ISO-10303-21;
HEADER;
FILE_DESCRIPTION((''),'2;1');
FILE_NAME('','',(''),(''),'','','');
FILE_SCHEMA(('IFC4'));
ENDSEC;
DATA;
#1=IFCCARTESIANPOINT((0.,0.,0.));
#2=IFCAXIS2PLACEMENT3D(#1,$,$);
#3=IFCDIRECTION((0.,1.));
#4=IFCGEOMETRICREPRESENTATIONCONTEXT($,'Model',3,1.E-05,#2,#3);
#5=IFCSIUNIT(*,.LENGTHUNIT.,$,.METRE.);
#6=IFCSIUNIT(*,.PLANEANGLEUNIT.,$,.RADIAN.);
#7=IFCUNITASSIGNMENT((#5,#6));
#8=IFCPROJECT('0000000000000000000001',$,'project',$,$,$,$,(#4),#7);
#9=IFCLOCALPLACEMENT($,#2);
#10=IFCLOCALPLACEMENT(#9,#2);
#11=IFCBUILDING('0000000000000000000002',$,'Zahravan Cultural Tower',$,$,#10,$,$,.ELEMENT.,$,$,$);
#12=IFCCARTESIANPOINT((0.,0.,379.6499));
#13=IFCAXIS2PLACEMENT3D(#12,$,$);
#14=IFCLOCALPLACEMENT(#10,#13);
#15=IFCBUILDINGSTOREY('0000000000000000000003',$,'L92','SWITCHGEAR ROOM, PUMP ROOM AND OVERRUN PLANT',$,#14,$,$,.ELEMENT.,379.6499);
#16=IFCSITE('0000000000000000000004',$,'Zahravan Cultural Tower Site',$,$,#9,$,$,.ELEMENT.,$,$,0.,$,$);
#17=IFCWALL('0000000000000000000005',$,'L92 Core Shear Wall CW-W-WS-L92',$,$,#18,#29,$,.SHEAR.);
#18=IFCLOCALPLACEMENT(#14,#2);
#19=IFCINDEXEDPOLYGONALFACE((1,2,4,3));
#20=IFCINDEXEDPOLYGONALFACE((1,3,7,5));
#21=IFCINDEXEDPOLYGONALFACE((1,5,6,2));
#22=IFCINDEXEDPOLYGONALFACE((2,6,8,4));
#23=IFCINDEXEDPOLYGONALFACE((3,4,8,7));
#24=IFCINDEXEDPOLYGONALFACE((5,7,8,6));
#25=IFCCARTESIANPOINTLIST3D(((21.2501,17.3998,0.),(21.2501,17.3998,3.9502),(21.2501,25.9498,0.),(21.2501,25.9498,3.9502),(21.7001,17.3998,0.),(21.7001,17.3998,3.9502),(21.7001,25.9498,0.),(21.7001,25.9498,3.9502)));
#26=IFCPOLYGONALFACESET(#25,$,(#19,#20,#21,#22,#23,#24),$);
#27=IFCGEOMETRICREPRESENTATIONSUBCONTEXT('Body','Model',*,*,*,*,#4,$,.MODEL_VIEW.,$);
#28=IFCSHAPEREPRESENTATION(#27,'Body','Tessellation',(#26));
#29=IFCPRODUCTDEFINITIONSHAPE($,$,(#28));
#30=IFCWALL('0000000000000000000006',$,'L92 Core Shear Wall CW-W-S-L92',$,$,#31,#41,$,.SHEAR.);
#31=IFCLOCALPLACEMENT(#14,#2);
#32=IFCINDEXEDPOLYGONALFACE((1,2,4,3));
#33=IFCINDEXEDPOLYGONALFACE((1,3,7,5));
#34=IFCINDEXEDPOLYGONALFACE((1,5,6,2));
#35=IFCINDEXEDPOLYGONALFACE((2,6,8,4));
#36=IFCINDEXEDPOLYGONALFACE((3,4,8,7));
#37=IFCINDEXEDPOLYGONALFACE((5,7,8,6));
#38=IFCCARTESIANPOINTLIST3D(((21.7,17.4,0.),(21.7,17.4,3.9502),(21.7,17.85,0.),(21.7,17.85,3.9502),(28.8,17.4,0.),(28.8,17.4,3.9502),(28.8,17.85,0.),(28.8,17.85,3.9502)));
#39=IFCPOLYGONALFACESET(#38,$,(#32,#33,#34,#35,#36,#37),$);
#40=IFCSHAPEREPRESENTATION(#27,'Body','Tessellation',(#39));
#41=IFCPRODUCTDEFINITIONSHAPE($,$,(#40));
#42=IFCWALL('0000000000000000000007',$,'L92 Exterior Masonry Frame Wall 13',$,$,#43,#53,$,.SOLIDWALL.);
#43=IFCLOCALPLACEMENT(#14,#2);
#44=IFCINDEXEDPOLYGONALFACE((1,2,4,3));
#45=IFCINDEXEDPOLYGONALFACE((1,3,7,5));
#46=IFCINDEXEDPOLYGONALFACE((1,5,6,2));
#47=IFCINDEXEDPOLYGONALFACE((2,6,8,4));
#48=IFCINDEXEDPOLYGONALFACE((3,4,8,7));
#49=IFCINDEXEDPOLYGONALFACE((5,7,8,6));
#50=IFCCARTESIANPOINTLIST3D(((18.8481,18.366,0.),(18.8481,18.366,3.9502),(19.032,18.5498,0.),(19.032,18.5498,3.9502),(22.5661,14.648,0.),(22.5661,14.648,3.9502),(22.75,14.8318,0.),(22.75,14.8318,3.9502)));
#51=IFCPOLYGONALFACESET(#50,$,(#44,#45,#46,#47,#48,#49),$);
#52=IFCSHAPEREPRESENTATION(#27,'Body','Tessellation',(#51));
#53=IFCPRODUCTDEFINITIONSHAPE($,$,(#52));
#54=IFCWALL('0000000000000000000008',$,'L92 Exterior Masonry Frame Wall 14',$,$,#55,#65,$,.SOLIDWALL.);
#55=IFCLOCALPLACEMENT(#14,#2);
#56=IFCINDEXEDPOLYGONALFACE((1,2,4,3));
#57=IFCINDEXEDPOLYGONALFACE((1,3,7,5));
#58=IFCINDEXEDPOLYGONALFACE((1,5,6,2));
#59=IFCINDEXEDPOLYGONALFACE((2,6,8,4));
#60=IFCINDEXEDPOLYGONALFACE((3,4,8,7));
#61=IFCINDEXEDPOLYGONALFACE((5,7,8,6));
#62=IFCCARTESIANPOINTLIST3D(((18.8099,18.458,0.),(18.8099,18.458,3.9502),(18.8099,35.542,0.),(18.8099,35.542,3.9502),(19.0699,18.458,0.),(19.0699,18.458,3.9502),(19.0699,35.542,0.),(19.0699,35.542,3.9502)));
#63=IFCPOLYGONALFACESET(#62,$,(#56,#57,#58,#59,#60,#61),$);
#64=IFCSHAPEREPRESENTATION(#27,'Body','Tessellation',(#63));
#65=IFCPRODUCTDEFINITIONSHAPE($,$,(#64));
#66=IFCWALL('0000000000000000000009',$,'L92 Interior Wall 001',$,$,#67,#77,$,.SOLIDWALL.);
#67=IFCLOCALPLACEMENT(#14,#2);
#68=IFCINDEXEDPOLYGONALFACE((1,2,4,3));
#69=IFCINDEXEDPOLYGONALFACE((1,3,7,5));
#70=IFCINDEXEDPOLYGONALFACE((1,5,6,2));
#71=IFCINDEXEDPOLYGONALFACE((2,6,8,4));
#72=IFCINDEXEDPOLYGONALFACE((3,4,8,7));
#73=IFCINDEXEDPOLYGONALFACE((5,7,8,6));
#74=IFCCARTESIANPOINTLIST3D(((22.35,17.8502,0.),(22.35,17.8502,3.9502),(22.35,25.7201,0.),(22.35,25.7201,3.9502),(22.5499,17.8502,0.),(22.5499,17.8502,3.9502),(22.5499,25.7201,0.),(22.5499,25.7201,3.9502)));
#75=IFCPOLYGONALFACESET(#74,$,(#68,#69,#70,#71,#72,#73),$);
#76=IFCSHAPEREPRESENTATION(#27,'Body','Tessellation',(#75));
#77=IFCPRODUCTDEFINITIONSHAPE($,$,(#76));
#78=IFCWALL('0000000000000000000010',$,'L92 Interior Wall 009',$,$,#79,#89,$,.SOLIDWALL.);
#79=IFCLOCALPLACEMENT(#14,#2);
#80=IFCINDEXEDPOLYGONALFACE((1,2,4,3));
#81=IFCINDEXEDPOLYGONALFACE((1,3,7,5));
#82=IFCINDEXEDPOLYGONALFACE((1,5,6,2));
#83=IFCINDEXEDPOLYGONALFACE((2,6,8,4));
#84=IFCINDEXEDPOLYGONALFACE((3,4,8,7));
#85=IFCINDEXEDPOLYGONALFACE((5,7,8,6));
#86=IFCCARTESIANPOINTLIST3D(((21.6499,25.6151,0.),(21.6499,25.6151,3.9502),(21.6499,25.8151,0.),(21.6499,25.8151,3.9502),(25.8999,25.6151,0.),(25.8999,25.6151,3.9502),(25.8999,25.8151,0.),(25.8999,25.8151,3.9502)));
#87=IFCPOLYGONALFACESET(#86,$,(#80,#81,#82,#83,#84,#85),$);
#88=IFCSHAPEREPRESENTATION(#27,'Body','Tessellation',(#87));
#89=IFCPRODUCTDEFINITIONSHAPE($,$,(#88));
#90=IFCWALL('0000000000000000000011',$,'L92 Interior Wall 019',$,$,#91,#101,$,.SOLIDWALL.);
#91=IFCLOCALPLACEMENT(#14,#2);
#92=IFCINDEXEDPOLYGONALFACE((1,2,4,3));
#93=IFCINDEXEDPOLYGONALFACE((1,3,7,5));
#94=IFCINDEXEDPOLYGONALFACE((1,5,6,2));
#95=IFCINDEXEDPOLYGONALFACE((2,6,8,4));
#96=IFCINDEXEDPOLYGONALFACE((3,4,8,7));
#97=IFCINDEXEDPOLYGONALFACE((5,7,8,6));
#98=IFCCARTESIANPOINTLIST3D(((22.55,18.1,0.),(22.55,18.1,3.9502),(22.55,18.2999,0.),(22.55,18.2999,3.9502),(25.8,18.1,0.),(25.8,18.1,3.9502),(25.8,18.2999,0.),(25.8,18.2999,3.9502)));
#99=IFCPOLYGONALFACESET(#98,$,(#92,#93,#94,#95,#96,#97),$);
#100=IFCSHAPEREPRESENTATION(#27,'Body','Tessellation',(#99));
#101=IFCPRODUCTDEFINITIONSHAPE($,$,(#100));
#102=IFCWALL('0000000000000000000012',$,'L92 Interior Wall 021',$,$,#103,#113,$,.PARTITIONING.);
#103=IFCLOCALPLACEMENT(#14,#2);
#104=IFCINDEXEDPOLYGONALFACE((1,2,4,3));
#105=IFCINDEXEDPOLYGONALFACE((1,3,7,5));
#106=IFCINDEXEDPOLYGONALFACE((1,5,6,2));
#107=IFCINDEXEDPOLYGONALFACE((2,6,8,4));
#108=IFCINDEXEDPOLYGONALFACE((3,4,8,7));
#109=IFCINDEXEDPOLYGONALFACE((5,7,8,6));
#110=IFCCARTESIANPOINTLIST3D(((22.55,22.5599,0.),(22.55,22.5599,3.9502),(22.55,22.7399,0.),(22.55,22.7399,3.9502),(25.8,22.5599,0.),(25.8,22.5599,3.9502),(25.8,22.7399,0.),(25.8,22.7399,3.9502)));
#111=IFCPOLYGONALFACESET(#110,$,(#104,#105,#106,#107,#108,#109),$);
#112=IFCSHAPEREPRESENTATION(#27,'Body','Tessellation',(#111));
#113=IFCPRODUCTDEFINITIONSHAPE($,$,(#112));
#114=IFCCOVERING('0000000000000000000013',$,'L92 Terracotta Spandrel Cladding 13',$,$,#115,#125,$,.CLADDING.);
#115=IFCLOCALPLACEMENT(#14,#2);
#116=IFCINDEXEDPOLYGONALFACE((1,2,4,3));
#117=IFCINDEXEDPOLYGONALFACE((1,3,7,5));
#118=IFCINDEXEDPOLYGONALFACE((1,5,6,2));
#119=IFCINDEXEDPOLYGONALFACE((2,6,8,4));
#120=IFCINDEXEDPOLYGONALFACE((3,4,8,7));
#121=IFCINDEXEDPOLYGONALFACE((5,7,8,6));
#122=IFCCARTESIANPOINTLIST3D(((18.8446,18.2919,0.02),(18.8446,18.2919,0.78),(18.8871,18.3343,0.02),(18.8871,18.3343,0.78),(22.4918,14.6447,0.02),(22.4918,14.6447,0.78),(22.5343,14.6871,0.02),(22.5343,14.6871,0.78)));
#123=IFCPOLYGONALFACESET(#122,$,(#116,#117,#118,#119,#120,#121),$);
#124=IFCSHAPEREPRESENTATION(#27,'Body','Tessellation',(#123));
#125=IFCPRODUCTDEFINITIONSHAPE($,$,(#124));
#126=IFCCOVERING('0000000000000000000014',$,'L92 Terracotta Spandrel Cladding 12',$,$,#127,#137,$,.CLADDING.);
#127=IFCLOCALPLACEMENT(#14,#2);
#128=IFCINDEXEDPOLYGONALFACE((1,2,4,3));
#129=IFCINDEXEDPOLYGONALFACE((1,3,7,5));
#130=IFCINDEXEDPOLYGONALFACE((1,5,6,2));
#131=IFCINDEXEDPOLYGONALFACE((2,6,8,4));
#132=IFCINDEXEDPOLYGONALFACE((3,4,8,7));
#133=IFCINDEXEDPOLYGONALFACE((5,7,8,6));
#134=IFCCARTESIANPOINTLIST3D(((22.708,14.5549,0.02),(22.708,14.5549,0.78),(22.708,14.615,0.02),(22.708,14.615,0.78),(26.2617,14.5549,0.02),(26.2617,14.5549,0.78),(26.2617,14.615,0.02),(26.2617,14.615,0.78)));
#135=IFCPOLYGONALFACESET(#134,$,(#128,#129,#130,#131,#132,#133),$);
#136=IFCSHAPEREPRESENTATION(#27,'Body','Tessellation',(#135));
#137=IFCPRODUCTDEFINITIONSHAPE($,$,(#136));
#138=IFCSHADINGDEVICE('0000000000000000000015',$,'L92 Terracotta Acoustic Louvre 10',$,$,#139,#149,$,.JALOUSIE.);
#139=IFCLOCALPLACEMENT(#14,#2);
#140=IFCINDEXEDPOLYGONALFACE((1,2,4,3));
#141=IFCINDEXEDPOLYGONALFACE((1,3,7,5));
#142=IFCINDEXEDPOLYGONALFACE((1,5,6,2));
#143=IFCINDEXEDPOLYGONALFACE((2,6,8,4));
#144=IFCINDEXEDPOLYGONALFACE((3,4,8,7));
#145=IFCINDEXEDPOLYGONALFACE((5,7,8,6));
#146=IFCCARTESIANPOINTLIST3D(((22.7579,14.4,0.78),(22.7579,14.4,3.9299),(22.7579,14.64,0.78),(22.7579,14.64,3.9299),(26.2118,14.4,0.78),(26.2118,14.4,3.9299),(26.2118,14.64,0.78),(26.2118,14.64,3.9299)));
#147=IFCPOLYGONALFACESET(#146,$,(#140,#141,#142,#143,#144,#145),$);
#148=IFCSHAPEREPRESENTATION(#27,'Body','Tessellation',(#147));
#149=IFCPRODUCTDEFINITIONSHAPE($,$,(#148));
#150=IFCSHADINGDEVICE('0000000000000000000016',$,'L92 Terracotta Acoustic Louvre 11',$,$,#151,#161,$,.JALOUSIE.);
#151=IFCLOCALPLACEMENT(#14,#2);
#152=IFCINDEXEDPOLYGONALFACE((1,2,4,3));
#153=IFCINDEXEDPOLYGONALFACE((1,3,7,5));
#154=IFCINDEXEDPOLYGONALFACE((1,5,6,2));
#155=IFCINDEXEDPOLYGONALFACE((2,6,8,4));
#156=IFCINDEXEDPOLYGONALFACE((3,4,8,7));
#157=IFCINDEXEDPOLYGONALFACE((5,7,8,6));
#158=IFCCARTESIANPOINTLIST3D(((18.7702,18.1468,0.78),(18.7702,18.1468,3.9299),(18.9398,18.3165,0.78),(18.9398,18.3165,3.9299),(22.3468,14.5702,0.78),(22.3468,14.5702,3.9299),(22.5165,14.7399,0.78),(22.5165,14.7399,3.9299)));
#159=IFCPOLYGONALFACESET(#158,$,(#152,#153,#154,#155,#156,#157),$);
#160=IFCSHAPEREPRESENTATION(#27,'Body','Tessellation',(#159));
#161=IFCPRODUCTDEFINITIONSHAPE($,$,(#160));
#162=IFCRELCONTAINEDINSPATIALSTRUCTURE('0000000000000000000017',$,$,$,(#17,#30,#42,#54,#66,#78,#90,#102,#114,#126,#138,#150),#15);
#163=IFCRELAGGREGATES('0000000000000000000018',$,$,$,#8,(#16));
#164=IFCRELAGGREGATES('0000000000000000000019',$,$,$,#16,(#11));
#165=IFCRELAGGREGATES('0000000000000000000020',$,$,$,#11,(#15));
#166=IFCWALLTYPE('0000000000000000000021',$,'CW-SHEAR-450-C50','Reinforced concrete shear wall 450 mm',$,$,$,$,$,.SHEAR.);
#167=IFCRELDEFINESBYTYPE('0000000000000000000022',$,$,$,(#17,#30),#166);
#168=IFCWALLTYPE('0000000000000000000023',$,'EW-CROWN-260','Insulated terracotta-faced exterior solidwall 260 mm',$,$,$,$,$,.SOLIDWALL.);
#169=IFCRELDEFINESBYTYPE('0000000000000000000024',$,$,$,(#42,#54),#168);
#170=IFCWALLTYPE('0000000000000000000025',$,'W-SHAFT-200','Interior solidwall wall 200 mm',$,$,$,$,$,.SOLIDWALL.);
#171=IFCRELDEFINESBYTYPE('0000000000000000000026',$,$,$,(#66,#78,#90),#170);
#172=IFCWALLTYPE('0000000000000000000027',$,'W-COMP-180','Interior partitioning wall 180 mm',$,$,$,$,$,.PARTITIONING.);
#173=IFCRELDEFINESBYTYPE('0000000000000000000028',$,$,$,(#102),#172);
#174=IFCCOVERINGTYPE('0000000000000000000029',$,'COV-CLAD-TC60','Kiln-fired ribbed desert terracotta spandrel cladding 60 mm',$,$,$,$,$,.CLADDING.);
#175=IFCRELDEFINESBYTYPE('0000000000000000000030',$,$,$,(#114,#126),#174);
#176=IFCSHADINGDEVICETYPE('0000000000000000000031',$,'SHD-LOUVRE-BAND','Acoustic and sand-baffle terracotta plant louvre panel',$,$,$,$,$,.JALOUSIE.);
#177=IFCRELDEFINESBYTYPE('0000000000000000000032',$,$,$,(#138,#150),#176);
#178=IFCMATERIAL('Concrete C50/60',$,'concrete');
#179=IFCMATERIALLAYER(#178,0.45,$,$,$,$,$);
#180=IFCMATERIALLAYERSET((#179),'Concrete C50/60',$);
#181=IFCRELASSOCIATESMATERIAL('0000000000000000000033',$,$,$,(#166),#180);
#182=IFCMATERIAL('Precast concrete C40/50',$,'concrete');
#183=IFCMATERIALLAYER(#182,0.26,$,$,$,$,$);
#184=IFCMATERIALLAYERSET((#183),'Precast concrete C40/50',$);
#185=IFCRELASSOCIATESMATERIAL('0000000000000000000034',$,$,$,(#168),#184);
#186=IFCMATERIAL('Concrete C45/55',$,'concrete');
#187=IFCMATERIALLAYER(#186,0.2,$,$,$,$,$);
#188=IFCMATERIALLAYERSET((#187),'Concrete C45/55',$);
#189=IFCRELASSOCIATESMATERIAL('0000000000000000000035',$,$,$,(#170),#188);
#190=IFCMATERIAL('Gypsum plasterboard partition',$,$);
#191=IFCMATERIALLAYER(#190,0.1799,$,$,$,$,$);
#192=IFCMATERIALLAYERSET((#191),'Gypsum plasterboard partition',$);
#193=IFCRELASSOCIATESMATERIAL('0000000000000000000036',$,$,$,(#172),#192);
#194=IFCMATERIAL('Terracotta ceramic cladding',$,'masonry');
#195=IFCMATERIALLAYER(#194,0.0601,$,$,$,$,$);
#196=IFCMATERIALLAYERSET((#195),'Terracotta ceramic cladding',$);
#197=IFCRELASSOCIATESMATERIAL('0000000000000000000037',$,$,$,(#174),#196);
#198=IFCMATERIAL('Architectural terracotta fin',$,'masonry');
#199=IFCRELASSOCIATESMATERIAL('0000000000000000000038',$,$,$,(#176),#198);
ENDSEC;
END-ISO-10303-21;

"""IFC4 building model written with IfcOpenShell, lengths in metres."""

from ifc_helpers import new_model, si_unit, direction, frame, frame_2d, origin, origin_2d, place, context, subcontext, project, spatial, rectangle, extrude, source, transform, mapped, material, layer, layer_set, type_object, element, save


model = new_model("IFC4")

# Units and contexts
model_context = context("Model", 3, precision=1e-05, world=origin(), true_north=direction((0.0, 1.0)))
body_context = subcontext(model_context, "Body", "Model", "MODEL_VIEW")
ifc_project = project(units=[si_unit("LENGTHUNIT", "METRE"), si_unit("PLANEANGLEUNIT", "RADIAN")], contexts=[model_context])

# Site, building, storey
site_placement = place(None, origin())
site = spatial("IfcSite", under=ifc_project, at=site_placement, Name="Zahravan Cultural Tower Site", CompositionType="ELEMENT", RefElevation=0.0)
building_placement = place(site_placement, origin())
building = spatial("IfcBuilding", under=site, at=building_placement, Name="Zahravan Cultural Tower", CompositionType="ELEMENT")
storey_placement = place(building_placement, frame((0.0, 0.0, 379.6499)))
storey = spatial("IfcBuildingStorey", under=building, at=storey_placement, Name="L92", Description="SWITCHGEAR ROOM, PUMP ROOM AND OVERRUN PLANT", CompositionType="ELEMENT", Elevation=379.6499)

# Shared definitions
ifc_material_1 = material(Name="Concrete C45/55", Category="concrete")

# Shared definitions
ifc_material_2 = material(Name="Concrete C50/60", Category="concrete")

# Walls
ifc_layer_1 = layer(ifc_material_2, 0.45)
ifc_layer_set_1 = layer_set([ifc_layer_1], Name="Concrete C50/60")
wall_type_1 = type_object("IfcWallType", Name="CW-SHEAR-450-C50", Description="Reinforced concrete shear wall 450 mm", PredefinedType="SHEAR", material=ifc_layer_set_1)
shared_shape_1 = source(origin(), body_context, "Body", "SweptSolid", [
    extrude(rectangle(XDim=8.55, YDim=0.45, at=frame_2d((4.2749, 0.0))), origin(), (0.0, 0.0, 1.0), 3.9502),
])
wall_1_placement = place(storey_placement, frame((21.4751, 17.3999, 0.0), z_axis=(0.0, 0.0, 1.0), x_axis=(0.0, 1.0, 0.0)))
element("IfcWall", 1, at=wall_1_placement, inside=storey, type_object=wall_type_1, Name="L92 Core Shear Wall CW-W-WS-L92", PredefinedType="SHEAR", context=body_context, shape_type="MappedRepresentation", body=[
    mapped(shared_shape_1, transform((0.0, 0.0, 0.0), x_axis=(1.0, 0.0, 0.0), y_axis=(0.0, 1.0, 0.0), z_axis=(0.0, 0.0, 1.0), scale=1.0)),
])
shared_shape_2 = source(origin(), body_context, "Body", "SweptSolid", [
    extrude(rectangle(XDim=7.1001, YDim=0.45, at=frame_2d((3.55, 0.0))), origin(), (0.0, 0.0, 1.0), 3.9502),
])
wall_2_placement = place(storey_placement, frame((21.7, 17.625, 0.0), z_axis=(0.0, 0.0, 1.0), x_axis=(1.0, 0.0, 0.0)))
element("IfcWall", 2, at=wall_2_placement, inside=storey, type_object=wall_type_1, Name="L92 Core Shear Wall CW-W-S-L92", PredefinedType="SHEAR", context=body_context, shape_type="MappedRepresentation", body=[
    mapped(shared_shape_2, transform((0.0, 0.0, 0.0), x_axis=(1.0, 0.0, 0.0), y_axis=(0.0, 1.0, 0.0), z_axis=(0.0, 0.0, 1.0), scale=1.0)),
])
ifc_material_3 = material(Name="Precast concrete C40/50", Category="concrete")
ifc_layer_2 = layer(ifc_material_3, 0.26)
ifc_layer_set_2 = layer_set([ifc_layer_2], Name="Precast concrete C40/50")
wall_type_2 = type_object("IfcWallType", Name="EW-CROWN-260", Description="Insulated terracotta-faced exterior solidwall 260 mm", PredefinedType="SOLIDWALL", material=ifc_layer_set_2)
shared_shape_3 = source(origin(), body_context, "Body", "SweptSolid", [
    extrude(rectangle(XDim=5.2581, YDim=0.26, at=frame_2d((2.6289, 0.0))), origin(), (0.0, 0.0, 1.0), 3.9502),
])
wall_3_placement = place(storey_placement, frame((22.658, 14.74, 0.0), z_axis=(0.0, 0.0, 1.0), x_axis=(-0.707107, 0.707107, 0.0)))
element("IfcWall", 3, at=wall_3_placement, inside=storey, type_object=wall_type_2, Name="L92 Exterior Masonry Frame Wall 13", PredefinedType="SOLIDWALL", context=body_context, shape_type="MappedRepresentation", body=[
    mapped(shared_shape_3, transform((0.0, 0.0, 0.0), x_axis=(1.0, 0.0, 0.0), y_axis=(0.0, 1.0, 0.0), z_axis=(0.0, 0.0, 1.0), scale=1.0)),
])
shared_shape_4 = source(origin(), body_context, "Body", "SweptSolid", [
    extrude(rectangle(XDim=17.084, YDim=0.26, at=frame_2d((8.542, 0.0))), origin(), (0.0, 0.0, 1.0), 3.9502),
])
wall_4_placement = place(storey_placement, frame((18.9399, 18.458, 0.0), z_axis=(0.0, 0.0, 1.0), x_axis=(0.0, 1.0, 0.0)))
element("IfcWall", 4, at=wall_4_placement, inside=storey, type_object=wall_type_2, Name="L92 Exterior Masonry Frame Wall 14", PredefinedType="SOLIDWALL", context=body_context, shape_type="MappedRepresentation", body=[
    mapped(shared_shape_4, transform((0.0, 0.0, 0.0), x_axis=(1.0, 0.0, 0.0), y_axis=(0.0, 1.0, 0.0), z_axis=(0.0, 0.0, 1.0), scale=1.0)),
])
ifc_layer_3 = layer(ifc_material_1, 0.2)
ifc_layer_set_3 = layer_set([ifc_layer_3], Name="Concrete C45/55")
wall_type_3 = type_object("IfcWallType", Name="W-SHAFT-200", Description="Interior solidwall wall 200 mm", PredefinedType="SOLIDWALL", material=ifc_layer_set_3)
shared_shape_5 = source(origin(), body_context, "Body", "SweptSolid", [
    extrude(rectangle(XDim=7.8699, YDim=0.2, at=frame_2d((3.9351, 0.0))), origin(), (0.0, 0.0, 1.0), 3.9502),
])
wall_5_placement = place(storey_placement, frame((22.45, 17.8501, 0.0), z_axis=(0.0, 0.0, 1.0), x_axis=(0.0, 1.0, 0.0)))
element("IfcWall", 5, at=wall_5_placement, inside=storey, type_object=wall_type_3, Name="L92 Interior Wall 001", PredefinedType="SOLIDWALL", context=body_context, shape_type="MappedRepresentation", body=[
    mapped(shared_shape_5, transform((0.0, 0.0, 0.0), x_axis=(1.0, 0.0, 0.0), y_axis=(0.0, 1.0, 0.0), z_axis=(0.0, 0.0, 1.0), scale=1.0)),
])
shared_shape_6 = source(origin(), body_context, "Body", "SweptSolid", [
    extrude(rectangle(XDim=4.25, YDim=0.2, at=frame_2d((2.125, 0.0))), origin(), (0.0, 0.0, 1.0), 3.9502),
])
wall_6_placement = place(storey_placement, frame((21.6499, 25.7151, 0.0), z_axis=(0.0, 0.0, 1.0), x_axis=(1.0, 0.0, 0.0)))
element("IfcWall", 6, at=wall_6_placement, inside=storey, type_object=wall_type_3, Name="L92 Interior Wall 009", PredefinedType="SOLIDWALL", context=body_context, shape_type="MappedRepresentation", body=[
    mapped(shared_shape_6, transform((0.0, 0.0, 0.0), x_axis=(1.0, 0.0, 0.0), y_axis=(0.0, 1.0, 0.0), z_axis=(0.0, 0.0, 1.0), scale=1.0)),
])
shared_shape_7 = source(origin(), body_context, "Body", "SweptSolid", [
    extrude(rectangle(XDim=3.25, YDim=0.2, at=frame_2d((1.625, 0.0))), origin(), (0.0, 0.0, 1.0), 3.9502),
])
wall_7_placement = place(storey_placement, frame((22.55, 18.2, 0.0), z_axis=(0.0, 0.0, 1.0), x_axis=(1.0, 0.0, 0.0)))
element("IfcWall", 7, at=wall_7_placement, inside=storey, type_object=wall_type_3, Name="L92 Interior Wall 019", PredefinedType="SOLIDWALL", context=body_context, shape_type="MappedRepresentation", body=[
    mapped(shared_shape_7, transform((0.0, 0.0, 0.0), x_axis=(1.0, 0.0, 0.0), y_axis=(0.0, 1.0, 0.0), z_axis=(0.0, 0.0, 1.0), scale=1.0)),
])
ifc_material_4 = material(Name="Gypsum plasterboard partition")
ifc_layer_4 = layer(ifc_material_4, 0.1799)
ifc_layer_set_4 = layer_set([ifc_layer_4], Name="Gypsum plasterboard partition")
wall_type_4 = type_object("IfcWallType", Name="W-COMP-180", Description="Interior partitioning wall 180 mm", PredefinedType="PARTITIONING", material=ifc_layer_set_4)
shared_shape_8 = source(origin(), body_context, "Body", "SweptSolid", [
    extrude(rectangle(XDim=3.25, YDim=0.1799, at=frame_2d((1.625, 0.0))), origin(), (0.0, 0.0, 1.0), 3.9502),
])
wall_8_placement = place(storey_placement, frame((22.55, 22.6499, 0.0), z_axis=(0.0, 0.0, 1.0), x_axis=(1.0, 0.0, 0.0)))
element("IfcWall", 8, at=wall_8_placement, inside=storey, type_object=wall_type_4, Name="L92 Interior Wall 021", PredefinedType="PARTITIONING", context=body_context, shape_type="MappedRepresentation", body=[
    mapped(shared_shape_8, transform((0.0, 0.0, 0.0), x_axis=(1.0, 0.0, 0.0), y_axis=(0.0, 1.0, 0.0), z_axis=(0.0, 0.0, 1.0), scale=1.0)),
])

# Coverings
ifc_material_5 = material(Name="Terracotta ceramic cladding", Category="masonry")
ifc_layer_5 = layer(ifc_material_5, 0.0601)
ifc_layer_set_5 = layer_set([ifc_layer_5], Name="Terracotta ceramic cladding")
covering_type = type_object("IfcCoveringType", Name="COV-CLAD-TC60", Description="Kiln-fired ribbed desert terracotta spandrel cladding 60 mm", PredefinedType="CLADDING", material=ifc_layer_set_5)
shared_shape_9 = source(origin(), body_context, "Body", "SweptSolid", [
    extrude(rectangle(XDim=5.158, YDim=0.0601, at=origin_2d()), origin(), (0.0, 0.0, 1.0), 0.76),
])
covering_1_placement = place(storey_placement, frame((20.6895, 16.4895, 0.02), z_axis=(0.0, 0.0, 1.0), x_axis=(-0.707107, 0.707107, 0.0)))
element("IfcCovering", 9, at=covering_1_placement, inside=storey, type_object=covering_type, Name="L92 Terracotta Spandrel Cladding 13", PredefinedType="CLADDING", context=body_context, shape_type="MappedRepresentation", body=[
    mapped(shared_shape_9, transform((0.0, 0.0, 0.0), x_axis=(1.0, 0.0, 0.0), y_axis=(0.0, 1.0, 0.0), z_axis=(0.0, 0.0, 1.0), scale=1.0)),
])
shared_shape_10 = source(origin(), body_context, "Body", "SweptSolid", [
    extrude(rectangle(XDim=3.5537, YDim=0.0601, at=origin_2d()), origin(), (0.0, 0.0, 1.0), 0.76),
])
covering_2_placement = place(storey_placement, frame((24.4849, 14.585, 0.02), z_axis=(0.0, 0.0, 1.0), x_axis=(-1.0, 0.0, 0.0)))
element("IfcCovering", 10, at=covering_2_placement, inside=storey, type_object=covering_type, Name="L92 Terracotta Spandrel Cladding 12", PredefinedType="CLADDING", context=body_context, shape_type="MappedRepresentation", body=[
    mapped(shared_shape_10, transform((0.0, 0.0, 0.0), x_axis=(1.0, 0.0, 0.0), y_axis=(0.0, 1.0, 0.0), z_axis=(0.0, 0.0, 1.0), scale=1.0)),
])

# Shading devices
ifc_material_6 = material(Name="Architectural terracotta fin", Category="masonry")
shading_device_type = type_object("IfcShadingDeviceType", Name="SHD-LOUVRE-BAND", Description="Acoustic and sand-baffle terracotta plant louvre panel", PredefinedType="JALOUSIE", material=ifc_material_6)
shared_shape_11 = source(origin(), body_context, "Body", "SweptSolid", [
    extrude(rectangle(XDim=3.4539, YDim=0.24, at=origin_2d()), origin(), (0.0, 0.0, 1.0), 3.1499),
])
shading_device_1_placement = place(storey_placement, frame((24.4849, 14.52, 0.78), z_axis=(0.0, 0.0, 1.0), x_axis=(-1.0, 0.0, 0.0)))
element("IfcShadingDevice", 11, at=shading_device_1_placement, inside=storey, type_object=shading_device_type, Name="L92 Terracotta Acoustic Louvre 10", PredefinedType="JALOUSIE", context=body_context, shape_type="MappedRepresentation", body=[
    mapped(shared_shape_11, transform((0.0, 0.0, 0.0), x_axis=(1.0, 0.0, 0.0), y_axis=(0.0, 1.0, 0.0), z_axis=(0.0, 0.0, 1.0), scale=1.0)),
])
shared_shape_12 = source(origin(), body_context, "Body", "SweptSolid", [
    extrude(rectangle(XDim=5.0581, YDim=0.24, at=origin_2d()), origin(), (0.0, 0.0, 1.0), 3.1499),
])
shading_device_2_placement = place(storey_placement, frame((20.6433, 16.4434, 0.78), z_axis=(0.0, 0.0, 1.0), x_axis=(-0.707107, 0.707107, 0.0)))
element("IfcShadingDevice", 12, at=shading_device_2_placement, inside=storey, type_object=shading_device_type, Name="L92 Terracotta Acoustic Louvre 11", PredefinedType="JALOUSIE", context=body_context, shape_type="MappedRepresentation", body=[
    mapped(shared_shape_12, transform((0.0, 0.0, 0.0), x_axis=(1.0, 0.0, 0.0), y_axis=(0.0, 1.0, 0.0), z_axis=(0.0, 0.0, 1.0), scale=1.0)),
])

save(model, "model.ifc")
